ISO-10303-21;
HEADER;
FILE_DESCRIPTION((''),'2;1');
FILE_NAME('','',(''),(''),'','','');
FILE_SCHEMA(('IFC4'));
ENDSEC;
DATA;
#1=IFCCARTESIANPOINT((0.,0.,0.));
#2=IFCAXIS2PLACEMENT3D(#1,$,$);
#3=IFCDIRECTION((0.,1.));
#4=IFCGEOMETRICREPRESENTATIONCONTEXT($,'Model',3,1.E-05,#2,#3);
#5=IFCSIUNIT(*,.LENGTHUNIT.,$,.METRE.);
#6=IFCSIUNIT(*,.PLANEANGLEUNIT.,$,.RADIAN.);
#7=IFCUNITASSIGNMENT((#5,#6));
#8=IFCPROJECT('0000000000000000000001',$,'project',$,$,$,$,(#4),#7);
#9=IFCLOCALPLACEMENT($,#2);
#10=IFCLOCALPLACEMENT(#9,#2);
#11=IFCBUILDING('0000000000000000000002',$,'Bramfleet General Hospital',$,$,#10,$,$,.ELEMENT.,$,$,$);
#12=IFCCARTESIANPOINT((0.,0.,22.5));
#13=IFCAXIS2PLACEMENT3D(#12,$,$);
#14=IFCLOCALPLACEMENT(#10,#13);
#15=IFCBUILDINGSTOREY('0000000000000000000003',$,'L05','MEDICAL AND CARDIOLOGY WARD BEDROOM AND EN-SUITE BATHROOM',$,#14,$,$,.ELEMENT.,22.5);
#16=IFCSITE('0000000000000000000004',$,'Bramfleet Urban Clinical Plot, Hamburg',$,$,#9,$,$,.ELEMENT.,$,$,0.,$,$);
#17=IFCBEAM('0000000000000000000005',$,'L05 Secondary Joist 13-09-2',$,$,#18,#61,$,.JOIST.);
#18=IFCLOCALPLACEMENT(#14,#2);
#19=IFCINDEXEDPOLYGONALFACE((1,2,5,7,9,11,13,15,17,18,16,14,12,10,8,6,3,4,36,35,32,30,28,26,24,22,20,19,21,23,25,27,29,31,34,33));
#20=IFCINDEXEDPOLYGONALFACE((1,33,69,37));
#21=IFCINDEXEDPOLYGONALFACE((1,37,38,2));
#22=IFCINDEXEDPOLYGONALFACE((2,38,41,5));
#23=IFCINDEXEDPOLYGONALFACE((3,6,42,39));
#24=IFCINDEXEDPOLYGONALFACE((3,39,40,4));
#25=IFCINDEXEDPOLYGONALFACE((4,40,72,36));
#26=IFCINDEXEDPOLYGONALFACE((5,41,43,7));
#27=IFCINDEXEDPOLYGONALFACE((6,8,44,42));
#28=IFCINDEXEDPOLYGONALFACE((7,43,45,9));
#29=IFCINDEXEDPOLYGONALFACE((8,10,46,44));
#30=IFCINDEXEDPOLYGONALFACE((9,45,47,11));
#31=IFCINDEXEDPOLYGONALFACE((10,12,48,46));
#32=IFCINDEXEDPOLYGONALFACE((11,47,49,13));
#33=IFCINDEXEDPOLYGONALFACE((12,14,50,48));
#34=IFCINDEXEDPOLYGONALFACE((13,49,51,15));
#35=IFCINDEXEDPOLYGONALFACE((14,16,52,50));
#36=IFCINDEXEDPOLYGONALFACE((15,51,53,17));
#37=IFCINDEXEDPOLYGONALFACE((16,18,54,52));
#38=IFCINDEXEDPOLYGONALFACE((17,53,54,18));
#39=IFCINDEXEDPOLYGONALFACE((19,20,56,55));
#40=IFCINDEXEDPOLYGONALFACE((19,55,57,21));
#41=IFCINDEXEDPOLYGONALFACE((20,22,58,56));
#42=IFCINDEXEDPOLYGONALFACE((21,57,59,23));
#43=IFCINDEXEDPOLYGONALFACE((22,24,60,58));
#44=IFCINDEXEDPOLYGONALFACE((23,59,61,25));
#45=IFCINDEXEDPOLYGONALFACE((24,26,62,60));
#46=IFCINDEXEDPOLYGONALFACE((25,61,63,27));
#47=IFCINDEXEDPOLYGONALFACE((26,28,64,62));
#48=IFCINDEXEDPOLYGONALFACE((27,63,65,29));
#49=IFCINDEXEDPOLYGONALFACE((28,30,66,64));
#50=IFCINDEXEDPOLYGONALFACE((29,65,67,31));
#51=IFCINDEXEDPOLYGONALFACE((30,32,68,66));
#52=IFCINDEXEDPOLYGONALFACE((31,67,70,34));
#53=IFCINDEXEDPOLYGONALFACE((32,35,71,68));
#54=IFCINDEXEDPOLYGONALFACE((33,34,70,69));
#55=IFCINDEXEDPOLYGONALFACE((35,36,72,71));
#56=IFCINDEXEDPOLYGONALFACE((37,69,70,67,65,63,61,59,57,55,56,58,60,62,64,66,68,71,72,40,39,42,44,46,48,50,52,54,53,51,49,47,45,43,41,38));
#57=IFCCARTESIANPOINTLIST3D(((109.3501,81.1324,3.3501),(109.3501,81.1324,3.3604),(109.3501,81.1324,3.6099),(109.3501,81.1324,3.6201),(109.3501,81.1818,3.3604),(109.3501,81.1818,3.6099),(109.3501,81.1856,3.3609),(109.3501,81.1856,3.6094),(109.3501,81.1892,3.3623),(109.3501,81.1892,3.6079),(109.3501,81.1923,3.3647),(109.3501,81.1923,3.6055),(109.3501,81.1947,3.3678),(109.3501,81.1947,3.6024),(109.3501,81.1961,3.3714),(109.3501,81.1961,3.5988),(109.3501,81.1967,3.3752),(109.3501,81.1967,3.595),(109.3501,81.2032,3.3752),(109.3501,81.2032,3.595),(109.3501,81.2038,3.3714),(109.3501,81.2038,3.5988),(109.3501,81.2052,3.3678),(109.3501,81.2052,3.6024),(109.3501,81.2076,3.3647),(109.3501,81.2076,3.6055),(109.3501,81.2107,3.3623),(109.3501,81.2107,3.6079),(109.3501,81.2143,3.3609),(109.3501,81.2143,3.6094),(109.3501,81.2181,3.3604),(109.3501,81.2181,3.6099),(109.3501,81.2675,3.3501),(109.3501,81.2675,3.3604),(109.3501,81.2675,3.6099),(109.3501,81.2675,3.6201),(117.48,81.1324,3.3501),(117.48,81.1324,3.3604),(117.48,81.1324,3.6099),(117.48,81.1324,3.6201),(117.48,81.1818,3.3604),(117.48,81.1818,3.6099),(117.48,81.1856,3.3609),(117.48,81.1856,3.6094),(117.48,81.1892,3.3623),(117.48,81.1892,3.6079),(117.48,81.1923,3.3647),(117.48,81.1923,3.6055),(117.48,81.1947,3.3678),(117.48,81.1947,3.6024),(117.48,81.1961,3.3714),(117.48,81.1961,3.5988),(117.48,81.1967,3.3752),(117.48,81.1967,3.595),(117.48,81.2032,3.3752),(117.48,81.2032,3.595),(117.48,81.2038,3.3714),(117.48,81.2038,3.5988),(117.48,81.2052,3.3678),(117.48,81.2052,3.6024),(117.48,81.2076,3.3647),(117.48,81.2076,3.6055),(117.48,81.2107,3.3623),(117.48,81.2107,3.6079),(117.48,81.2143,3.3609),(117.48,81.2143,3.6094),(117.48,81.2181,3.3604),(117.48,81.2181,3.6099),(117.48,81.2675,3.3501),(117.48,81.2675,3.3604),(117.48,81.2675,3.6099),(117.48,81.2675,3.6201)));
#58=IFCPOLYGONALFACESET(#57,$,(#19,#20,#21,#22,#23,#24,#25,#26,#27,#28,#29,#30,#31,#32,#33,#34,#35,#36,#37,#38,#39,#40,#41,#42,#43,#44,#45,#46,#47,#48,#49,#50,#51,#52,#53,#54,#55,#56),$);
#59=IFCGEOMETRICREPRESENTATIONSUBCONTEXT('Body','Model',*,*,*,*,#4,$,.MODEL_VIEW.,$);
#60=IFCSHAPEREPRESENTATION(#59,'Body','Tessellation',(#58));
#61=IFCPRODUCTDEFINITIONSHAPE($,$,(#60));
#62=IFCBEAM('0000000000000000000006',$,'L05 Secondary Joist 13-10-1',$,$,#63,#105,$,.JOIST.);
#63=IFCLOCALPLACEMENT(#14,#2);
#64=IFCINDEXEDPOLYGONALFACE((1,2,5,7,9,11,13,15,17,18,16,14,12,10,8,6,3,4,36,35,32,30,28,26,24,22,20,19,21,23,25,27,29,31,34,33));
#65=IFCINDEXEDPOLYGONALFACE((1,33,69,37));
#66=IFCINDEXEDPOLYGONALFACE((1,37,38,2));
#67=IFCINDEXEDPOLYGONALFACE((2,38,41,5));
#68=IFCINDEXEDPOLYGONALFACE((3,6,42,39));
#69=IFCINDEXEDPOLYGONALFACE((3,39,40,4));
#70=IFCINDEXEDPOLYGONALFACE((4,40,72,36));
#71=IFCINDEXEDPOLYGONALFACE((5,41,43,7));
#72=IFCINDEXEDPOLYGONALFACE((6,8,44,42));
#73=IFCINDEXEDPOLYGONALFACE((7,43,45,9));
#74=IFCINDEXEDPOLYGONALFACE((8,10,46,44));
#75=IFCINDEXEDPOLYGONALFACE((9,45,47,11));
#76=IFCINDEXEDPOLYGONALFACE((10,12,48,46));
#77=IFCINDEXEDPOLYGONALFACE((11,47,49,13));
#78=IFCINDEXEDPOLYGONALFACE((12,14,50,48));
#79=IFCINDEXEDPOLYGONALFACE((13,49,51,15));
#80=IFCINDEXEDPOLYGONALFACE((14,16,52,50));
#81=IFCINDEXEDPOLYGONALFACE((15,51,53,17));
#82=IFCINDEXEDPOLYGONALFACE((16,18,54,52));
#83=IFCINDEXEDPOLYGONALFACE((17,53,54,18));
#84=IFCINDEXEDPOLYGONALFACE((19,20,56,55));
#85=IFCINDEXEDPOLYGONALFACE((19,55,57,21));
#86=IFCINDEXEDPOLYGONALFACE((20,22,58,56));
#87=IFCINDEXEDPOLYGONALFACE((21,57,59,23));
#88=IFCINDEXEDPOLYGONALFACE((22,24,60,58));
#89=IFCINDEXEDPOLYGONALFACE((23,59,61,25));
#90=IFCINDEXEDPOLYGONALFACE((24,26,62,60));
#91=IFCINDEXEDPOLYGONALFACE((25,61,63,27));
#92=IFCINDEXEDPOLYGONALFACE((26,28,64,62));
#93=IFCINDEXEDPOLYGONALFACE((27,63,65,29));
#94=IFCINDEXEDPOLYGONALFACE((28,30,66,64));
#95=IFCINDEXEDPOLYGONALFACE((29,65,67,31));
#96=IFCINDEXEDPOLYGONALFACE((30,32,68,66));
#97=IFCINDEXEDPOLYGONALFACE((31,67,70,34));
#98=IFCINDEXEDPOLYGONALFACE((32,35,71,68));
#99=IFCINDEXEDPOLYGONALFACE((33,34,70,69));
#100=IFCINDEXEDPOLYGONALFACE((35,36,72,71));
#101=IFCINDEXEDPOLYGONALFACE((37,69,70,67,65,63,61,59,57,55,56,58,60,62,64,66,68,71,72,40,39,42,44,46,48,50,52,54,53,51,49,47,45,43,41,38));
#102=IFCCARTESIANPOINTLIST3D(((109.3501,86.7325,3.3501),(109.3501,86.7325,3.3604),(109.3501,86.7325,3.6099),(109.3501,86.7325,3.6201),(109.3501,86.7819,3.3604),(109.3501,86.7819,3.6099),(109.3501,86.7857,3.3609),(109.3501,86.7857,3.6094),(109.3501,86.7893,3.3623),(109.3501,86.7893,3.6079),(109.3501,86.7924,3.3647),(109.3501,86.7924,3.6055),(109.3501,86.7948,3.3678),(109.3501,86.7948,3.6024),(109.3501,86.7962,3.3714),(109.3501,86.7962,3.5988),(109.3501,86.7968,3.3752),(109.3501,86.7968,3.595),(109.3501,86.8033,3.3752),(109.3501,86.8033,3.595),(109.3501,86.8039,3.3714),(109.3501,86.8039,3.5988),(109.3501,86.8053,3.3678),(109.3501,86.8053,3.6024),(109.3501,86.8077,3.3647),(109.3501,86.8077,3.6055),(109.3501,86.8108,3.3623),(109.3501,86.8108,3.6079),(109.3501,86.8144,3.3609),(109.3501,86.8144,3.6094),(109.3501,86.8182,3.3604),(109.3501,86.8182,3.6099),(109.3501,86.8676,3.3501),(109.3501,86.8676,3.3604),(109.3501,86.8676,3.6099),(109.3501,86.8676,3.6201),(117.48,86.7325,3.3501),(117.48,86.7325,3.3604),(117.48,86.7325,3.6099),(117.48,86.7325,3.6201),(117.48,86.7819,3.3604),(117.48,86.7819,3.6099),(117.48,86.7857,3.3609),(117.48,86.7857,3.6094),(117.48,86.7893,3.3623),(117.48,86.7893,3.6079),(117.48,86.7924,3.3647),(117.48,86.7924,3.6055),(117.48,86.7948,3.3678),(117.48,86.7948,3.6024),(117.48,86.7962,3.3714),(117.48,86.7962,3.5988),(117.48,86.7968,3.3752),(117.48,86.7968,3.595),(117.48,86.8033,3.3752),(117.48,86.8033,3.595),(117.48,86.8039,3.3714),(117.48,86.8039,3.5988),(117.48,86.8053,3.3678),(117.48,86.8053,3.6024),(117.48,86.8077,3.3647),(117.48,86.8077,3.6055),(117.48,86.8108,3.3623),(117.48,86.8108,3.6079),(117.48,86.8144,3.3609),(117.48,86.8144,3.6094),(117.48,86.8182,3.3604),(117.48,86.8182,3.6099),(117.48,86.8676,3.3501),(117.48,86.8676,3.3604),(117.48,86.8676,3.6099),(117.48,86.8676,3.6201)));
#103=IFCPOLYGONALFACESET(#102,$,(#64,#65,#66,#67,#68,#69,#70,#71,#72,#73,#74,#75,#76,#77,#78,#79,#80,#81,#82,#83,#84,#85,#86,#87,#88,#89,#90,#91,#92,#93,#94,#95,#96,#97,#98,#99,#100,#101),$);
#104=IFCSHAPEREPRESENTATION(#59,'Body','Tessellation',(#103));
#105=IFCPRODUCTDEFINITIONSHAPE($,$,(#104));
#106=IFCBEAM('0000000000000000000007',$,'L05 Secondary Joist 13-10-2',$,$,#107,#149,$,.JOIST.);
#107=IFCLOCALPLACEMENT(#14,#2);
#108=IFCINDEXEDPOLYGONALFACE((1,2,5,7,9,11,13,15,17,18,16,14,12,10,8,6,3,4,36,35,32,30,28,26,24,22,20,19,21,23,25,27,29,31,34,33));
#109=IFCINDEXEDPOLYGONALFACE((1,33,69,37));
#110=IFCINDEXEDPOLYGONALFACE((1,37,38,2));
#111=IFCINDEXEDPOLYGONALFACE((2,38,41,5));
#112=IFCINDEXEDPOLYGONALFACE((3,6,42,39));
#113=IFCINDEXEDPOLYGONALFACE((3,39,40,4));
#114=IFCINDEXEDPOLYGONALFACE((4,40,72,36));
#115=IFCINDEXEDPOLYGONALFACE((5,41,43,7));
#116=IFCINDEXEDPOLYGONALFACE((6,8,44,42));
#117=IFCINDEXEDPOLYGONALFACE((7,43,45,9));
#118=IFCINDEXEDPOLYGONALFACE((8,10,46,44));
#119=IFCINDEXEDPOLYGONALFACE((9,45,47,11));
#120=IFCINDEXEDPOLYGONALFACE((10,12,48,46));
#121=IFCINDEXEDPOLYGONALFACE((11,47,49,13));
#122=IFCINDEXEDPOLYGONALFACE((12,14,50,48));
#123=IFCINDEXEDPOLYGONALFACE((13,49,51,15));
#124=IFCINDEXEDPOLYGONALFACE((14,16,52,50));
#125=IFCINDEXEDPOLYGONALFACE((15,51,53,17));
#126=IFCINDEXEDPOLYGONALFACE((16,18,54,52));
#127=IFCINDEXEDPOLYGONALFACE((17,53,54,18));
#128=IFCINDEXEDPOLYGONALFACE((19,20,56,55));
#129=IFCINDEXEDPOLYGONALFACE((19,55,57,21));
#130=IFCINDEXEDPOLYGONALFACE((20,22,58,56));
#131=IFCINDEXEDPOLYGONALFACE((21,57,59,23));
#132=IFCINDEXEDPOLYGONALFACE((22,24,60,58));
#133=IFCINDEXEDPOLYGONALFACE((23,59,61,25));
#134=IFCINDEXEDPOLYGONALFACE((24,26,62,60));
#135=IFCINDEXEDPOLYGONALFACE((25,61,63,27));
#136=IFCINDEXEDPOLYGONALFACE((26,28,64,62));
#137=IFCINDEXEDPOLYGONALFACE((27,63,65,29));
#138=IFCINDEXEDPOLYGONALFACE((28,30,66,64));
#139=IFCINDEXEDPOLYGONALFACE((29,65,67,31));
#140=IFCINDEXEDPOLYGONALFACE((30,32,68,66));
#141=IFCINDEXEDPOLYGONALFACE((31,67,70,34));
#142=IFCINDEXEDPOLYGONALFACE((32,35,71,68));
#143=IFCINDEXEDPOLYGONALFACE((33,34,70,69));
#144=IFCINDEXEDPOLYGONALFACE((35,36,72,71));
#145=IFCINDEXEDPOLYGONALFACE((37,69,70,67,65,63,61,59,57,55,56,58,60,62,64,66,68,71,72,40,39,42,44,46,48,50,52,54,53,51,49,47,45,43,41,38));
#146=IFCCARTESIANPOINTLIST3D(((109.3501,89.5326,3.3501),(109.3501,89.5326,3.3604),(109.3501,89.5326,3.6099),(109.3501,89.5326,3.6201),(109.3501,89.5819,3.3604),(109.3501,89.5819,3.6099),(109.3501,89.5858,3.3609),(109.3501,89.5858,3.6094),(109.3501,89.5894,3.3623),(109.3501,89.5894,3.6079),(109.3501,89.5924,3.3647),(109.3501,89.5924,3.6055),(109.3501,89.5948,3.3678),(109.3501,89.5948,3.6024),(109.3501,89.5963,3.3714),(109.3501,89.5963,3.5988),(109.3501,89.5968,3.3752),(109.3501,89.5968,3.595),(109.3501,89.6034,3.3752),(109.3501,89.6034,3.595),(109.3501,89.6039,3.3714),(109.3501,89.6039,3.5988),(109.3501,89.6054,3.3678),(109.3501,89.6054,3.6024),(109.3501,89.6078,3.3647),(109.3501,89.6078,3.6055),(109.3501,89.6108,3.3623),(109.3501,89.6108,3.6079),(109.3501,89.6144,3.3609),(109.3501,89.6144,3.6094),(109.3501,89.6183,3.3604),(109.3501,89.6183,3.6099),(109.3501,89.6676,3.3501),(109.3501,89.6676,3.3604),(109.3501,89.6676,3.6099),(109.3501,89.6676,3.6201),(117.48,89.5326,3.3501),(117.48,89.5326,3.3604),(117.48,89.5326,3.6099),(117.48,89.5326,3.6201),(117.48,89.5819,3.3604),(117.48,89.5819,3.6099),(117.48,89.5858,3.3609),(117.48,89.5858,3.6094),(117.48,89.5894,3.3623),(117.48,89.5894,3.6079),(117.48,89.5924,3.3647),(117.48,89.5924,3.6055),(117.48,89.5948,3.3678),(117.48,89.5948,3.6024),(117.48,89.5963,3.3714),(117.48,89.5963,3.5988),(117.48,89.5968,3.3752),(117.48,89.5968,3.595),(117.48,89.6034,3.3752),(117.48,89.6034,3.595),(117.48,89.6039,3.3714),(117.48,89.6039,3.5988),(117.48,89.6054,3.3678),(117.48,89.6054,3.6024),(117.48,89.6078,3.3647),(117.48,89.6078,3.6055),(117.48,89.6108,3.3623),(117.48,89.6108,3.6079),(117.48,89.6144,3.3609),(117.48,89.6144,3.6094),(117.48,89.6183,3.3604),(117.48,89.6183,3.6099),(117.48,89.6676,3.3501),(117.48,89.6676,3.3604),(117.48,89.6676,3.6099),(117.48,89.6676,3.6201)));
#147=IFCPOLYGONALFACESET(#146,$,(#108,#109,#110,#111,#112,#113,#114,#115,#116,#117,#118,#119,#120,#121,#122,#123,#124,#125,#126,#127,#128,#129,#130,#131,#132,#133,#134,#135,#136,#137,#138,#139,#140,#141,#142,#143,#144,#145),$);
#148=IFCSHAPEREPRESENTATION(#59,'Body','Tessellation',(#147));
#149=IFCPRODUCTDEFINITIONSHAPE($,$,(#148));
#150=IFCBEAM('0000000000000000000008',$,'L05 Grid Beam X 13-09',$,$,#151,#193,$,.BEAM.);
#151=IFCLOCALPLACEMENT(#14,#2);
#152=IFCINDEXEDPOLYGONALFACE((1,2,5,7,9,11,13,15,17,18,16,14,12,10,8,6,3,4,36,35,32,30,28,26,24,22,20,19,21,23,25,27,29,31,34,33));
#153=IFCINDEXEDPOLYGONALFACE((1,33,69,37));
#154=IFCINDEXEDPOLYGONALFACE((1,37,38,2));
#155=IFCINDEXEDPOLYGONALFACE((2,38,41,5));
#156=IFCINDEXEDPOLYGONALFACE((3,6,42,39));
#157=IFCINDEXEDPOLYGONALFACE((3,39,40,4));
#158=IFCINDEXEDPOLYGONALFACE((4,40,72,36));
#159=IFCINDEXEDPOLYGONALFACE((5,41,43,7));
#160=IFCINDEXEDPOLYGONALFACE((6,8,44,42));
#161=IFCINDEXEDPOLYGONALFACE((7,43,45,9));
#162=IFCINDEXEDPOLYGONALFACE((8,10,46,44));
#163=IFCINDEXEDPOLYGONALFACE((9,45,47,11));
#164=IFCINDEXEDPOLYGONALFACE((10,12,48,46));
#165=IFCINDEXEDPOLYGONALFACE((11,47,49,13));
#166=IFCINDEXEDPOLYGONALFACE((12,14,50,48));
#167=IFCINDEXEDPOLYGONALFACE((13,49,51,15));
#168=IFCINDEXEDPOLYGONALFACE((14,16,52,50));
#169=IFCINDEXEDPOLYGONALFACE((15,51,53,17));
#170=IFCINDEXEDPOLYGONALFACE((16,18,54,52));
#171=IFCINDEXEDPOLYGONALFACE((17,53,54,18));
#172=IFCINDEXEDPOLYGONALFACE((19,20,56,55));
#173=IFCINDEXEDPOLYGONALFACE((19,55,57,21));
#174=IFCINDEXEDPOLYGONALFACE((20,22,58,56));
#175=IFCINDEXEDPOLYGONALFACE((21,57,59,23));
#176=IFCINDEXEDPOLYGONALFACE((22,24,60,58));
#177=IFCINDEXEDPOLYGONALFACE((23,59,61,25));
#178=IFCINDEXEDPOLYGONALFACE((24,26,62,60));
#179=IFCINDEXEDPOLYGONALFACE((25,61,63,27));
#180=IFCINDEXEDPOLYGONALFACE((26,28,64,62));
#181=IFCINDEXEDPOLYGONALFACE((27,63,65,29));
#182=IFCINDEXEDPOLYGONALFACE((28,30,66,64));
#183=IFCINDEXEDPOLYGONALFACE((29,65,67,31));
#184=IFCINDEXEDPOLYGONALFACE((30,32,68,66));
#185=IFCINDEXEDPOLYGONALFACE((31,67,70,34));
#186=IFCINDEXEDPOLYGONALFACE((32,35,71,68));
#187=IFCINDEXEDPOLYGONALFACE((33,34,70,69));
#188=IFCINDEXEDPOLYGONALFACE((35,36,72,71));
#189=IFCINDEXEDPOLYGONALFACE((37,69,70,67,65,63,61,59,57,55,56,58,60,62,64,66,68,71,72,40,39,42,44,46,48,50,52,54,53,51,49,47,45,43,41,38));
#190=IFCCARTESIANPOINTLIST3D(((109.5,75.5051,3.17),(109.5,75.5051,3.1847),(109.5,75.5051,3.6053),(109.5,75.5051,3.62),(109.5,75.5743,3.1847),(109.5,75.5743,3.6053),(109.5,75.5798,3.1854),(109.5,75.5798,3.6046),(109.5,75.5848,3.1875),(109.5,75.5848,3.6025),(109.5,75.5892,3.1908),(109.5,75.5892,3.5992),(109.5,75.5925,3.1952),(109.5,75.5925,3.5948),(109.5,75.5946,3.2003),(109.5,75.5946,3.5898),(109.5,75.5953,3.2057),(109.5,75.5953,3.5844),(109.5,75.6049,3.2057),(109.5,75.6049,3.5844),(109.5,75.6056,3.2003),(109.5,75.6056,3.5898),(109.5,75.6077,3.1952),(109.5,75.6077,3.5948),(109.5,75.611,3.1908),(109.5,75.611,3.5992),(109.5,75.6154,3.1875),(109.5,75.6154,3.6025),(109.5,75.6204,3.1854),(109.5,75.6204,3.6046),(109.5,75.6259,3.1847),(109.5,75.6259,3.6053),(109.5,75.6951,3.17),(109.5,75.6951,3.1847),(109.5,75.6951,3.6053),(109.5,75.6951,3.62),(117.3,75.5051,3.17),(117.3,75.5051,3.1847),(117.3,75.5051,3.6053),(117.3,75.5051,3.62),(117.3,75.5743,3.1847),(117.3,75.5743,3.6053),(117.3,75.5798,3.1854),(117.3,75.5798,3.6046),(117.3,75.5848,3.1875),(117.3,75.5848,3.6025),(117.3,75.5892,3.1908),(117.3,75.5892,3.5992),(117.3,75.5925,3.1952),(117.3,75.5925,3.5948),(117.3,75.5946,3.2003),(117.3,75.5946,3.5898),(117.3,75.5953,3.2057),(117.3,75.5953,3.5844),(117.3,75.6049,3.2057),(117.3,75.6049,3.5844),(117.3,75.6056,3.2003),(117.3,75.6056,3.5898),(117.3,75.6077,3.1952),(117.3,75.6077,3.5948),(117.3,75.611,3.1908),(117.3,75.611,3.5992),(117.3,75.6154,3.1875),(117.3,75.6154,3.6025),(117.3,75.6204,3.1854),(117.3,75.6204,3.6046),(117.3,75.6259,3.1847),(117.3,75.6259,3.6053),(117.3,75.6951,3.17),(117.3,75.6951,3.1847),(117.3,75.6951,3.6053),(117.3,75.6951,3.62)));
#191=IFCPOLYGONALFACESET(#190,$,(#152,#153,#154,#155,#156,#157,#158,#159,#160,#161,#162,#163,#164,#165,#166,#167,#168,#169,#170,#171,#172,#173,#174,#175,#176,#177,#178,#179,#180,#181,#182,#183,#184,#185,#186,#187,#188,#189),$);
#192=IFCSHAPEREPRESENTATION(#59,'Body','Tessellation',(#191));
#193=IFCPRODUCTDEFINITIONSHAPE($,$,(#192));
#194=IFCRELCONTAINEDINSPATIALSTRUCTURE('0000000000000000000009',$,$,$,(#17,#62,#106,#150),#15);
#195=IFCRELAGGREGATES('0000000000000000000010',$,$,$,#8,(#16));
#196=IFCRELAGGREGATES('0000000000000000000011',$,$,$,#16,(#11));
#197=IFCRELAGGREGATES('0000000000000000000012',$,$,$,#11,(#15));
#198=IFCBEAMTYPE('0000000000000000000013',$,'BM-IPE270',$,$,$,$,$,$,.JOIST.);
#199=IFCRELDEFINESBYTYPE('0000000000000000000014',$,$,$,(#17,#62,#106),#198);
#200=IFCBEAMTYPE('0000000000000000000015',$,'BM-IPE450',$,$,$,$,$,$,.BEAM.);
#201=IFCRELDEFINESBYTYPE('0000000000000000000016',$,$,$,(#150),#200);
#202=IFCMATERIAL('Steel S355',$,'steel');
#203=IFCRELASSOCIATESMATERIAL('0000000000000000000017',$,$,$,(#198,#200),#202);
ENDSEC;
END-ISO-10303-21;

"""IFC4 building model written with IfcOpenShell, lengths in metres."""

from ifc_helpers import new_model, si_unit, direction, frame, origin, origin_2d, place, context, subcontext, project, spatial, i_section, extrude, material, material_profile, profile_set, type_object, element, save


model = new_model("IFC4")

# Units and contexts
model_context = context("Model", 3, precision=1e-05, world=origin(), true_north=direction((0.0, 1.0)))
body_context = subcontext(model_context, "Body", "Model", "MODEL_VIEW")
ifc_project = project(units=[si_unit("LENGTHUNIT", "METRE"), si_unit("PLANEANGLEUNIT", "RADIAN")], contexts=[model_context])

# Site, building, storey
site_placement = place(None, origin())
site = spatial("IfcSite", under=ifc_project, at=site_placement, Name="Bramfleet Urban Clinical Plot, Hamburg", CompositionType="ELEMENT", RefElevation=0.0)
building_placement = place(site_placement, origin())
building = spatial("IfcBuilding", under=site, at=building_placement, Name="Bramfleet General Hospital", CompositionType="ELEMENT")
storey_placement = place(building_placement, frame((0.0, 0.0, 22.5)))
storey = spatial("IfcBuildingStorey", under=building, at=storey_placement, Name="L05", Description="MEDICAL AND CARDIOLOGY WARD BEDROOM AND EN-SUITE BATHROOM", CompositionType="ELEMENT", Elevation=22.5)

# Beams
ifc_material_1 = material(Name="Steel S355", Category="steel")
ifc_material_profile_1 = material_profile(ifc_material_1, i_section(OverallWidth=0.135, OverallDepth=0.27, WebThickness=0.0066, FlangeThickness=0.0103, FilletRadius=0.0149, at=origin_2d()), Name="IPE 270")
ifc_profile_set_1 = profile_set([ifc_material_profile_1], Name="Steel S355")
beam_type_1 = type_object("IfcBeamType", Name="BM-IPE270", PredefinedType="JOIST", material=ifc_profile_set_1)
for number, where, z_axis, x_axis, name in (
    (1, (109.3501, 81.2, 3.4851), (1.0, 0.0, 0.0), (0.0, 1.0, 0.0), "L05 Secondary Joist 13-09-2"),
    (2, (109.3501, 86.8, 3.4851), (1.0, 0.0, 0.0), (0.0, 1.0, 0.0), "L05 Secondary Joist 13-10-1"),
    (3, (109.3501, 89.6001, 3.4851), (1.0, 0.0, 0.0), (0.0, 1.0, 0.0), "L05 Secondary Joist 13-10-2"),
):
    element("IfcBeam", number, at=place(storey_placement, frame(where, z_axis=z_axis, x_axis=x_axis)), inside=storey, type_object=beam_type_1, Name=name, PredefinedType="JOIST", context=body_context, shape_type="SweptSolid", body=[
        extrude(i_section(OverallWidth=0.135, OverallDepth=0.27, WebThickness=0.0066, FlangeThickness=0.0103, FilletRadius=0.0149, at=origin_2d()), origin(), (0.0, 0.0, 1.0), 8.1299),
    ])
ifc_material_profile_2 = material_profile(ifc_material_1, i_section(OverallWidth=0.1899, OverallDepth=0.45, WebThickness=0.0095, FlangeThickness=0.0146, FilletRadius=0.021, at=origin_2d()), Name="IPE 450")
ifc_profile_set_2 = profile_set([ifc_material_profile_2], Name="Steel S355")
beam_type_2 = type_object("IfcBeamType", Name="BM-IPE450", PredefinedType="BEAM", material=ifc_profile_set_2)
for number, where, z_axis, x_axis, name in (
    (4, (109.5, 75.6001, 3.395), (1.0, 0.0, 0.0), (0.0, 1.0, 0.0), "L05 Grid Beam X 13-09"),
):
    element("IfcBeam", number, at=place(storey_placement, frame(where, z_axis=z_axis, x_axis=x_axis)), inside=storey, type_object=beam_type_2, Name=name, PredefinedType="BEAM", context=body_context, shape_type="SweptSolid", body=[
        extrude(i_section(OverallWidth=0.1899, OverallDepth=0.45, WebThickness=0.0095, FlangeThickness=0.0146, FilletRadius=0.021, at=origin_2d()), origin(), (0.0, 0.0, 1.0), 7.8),
    ])

save(model, "model.ifc")
